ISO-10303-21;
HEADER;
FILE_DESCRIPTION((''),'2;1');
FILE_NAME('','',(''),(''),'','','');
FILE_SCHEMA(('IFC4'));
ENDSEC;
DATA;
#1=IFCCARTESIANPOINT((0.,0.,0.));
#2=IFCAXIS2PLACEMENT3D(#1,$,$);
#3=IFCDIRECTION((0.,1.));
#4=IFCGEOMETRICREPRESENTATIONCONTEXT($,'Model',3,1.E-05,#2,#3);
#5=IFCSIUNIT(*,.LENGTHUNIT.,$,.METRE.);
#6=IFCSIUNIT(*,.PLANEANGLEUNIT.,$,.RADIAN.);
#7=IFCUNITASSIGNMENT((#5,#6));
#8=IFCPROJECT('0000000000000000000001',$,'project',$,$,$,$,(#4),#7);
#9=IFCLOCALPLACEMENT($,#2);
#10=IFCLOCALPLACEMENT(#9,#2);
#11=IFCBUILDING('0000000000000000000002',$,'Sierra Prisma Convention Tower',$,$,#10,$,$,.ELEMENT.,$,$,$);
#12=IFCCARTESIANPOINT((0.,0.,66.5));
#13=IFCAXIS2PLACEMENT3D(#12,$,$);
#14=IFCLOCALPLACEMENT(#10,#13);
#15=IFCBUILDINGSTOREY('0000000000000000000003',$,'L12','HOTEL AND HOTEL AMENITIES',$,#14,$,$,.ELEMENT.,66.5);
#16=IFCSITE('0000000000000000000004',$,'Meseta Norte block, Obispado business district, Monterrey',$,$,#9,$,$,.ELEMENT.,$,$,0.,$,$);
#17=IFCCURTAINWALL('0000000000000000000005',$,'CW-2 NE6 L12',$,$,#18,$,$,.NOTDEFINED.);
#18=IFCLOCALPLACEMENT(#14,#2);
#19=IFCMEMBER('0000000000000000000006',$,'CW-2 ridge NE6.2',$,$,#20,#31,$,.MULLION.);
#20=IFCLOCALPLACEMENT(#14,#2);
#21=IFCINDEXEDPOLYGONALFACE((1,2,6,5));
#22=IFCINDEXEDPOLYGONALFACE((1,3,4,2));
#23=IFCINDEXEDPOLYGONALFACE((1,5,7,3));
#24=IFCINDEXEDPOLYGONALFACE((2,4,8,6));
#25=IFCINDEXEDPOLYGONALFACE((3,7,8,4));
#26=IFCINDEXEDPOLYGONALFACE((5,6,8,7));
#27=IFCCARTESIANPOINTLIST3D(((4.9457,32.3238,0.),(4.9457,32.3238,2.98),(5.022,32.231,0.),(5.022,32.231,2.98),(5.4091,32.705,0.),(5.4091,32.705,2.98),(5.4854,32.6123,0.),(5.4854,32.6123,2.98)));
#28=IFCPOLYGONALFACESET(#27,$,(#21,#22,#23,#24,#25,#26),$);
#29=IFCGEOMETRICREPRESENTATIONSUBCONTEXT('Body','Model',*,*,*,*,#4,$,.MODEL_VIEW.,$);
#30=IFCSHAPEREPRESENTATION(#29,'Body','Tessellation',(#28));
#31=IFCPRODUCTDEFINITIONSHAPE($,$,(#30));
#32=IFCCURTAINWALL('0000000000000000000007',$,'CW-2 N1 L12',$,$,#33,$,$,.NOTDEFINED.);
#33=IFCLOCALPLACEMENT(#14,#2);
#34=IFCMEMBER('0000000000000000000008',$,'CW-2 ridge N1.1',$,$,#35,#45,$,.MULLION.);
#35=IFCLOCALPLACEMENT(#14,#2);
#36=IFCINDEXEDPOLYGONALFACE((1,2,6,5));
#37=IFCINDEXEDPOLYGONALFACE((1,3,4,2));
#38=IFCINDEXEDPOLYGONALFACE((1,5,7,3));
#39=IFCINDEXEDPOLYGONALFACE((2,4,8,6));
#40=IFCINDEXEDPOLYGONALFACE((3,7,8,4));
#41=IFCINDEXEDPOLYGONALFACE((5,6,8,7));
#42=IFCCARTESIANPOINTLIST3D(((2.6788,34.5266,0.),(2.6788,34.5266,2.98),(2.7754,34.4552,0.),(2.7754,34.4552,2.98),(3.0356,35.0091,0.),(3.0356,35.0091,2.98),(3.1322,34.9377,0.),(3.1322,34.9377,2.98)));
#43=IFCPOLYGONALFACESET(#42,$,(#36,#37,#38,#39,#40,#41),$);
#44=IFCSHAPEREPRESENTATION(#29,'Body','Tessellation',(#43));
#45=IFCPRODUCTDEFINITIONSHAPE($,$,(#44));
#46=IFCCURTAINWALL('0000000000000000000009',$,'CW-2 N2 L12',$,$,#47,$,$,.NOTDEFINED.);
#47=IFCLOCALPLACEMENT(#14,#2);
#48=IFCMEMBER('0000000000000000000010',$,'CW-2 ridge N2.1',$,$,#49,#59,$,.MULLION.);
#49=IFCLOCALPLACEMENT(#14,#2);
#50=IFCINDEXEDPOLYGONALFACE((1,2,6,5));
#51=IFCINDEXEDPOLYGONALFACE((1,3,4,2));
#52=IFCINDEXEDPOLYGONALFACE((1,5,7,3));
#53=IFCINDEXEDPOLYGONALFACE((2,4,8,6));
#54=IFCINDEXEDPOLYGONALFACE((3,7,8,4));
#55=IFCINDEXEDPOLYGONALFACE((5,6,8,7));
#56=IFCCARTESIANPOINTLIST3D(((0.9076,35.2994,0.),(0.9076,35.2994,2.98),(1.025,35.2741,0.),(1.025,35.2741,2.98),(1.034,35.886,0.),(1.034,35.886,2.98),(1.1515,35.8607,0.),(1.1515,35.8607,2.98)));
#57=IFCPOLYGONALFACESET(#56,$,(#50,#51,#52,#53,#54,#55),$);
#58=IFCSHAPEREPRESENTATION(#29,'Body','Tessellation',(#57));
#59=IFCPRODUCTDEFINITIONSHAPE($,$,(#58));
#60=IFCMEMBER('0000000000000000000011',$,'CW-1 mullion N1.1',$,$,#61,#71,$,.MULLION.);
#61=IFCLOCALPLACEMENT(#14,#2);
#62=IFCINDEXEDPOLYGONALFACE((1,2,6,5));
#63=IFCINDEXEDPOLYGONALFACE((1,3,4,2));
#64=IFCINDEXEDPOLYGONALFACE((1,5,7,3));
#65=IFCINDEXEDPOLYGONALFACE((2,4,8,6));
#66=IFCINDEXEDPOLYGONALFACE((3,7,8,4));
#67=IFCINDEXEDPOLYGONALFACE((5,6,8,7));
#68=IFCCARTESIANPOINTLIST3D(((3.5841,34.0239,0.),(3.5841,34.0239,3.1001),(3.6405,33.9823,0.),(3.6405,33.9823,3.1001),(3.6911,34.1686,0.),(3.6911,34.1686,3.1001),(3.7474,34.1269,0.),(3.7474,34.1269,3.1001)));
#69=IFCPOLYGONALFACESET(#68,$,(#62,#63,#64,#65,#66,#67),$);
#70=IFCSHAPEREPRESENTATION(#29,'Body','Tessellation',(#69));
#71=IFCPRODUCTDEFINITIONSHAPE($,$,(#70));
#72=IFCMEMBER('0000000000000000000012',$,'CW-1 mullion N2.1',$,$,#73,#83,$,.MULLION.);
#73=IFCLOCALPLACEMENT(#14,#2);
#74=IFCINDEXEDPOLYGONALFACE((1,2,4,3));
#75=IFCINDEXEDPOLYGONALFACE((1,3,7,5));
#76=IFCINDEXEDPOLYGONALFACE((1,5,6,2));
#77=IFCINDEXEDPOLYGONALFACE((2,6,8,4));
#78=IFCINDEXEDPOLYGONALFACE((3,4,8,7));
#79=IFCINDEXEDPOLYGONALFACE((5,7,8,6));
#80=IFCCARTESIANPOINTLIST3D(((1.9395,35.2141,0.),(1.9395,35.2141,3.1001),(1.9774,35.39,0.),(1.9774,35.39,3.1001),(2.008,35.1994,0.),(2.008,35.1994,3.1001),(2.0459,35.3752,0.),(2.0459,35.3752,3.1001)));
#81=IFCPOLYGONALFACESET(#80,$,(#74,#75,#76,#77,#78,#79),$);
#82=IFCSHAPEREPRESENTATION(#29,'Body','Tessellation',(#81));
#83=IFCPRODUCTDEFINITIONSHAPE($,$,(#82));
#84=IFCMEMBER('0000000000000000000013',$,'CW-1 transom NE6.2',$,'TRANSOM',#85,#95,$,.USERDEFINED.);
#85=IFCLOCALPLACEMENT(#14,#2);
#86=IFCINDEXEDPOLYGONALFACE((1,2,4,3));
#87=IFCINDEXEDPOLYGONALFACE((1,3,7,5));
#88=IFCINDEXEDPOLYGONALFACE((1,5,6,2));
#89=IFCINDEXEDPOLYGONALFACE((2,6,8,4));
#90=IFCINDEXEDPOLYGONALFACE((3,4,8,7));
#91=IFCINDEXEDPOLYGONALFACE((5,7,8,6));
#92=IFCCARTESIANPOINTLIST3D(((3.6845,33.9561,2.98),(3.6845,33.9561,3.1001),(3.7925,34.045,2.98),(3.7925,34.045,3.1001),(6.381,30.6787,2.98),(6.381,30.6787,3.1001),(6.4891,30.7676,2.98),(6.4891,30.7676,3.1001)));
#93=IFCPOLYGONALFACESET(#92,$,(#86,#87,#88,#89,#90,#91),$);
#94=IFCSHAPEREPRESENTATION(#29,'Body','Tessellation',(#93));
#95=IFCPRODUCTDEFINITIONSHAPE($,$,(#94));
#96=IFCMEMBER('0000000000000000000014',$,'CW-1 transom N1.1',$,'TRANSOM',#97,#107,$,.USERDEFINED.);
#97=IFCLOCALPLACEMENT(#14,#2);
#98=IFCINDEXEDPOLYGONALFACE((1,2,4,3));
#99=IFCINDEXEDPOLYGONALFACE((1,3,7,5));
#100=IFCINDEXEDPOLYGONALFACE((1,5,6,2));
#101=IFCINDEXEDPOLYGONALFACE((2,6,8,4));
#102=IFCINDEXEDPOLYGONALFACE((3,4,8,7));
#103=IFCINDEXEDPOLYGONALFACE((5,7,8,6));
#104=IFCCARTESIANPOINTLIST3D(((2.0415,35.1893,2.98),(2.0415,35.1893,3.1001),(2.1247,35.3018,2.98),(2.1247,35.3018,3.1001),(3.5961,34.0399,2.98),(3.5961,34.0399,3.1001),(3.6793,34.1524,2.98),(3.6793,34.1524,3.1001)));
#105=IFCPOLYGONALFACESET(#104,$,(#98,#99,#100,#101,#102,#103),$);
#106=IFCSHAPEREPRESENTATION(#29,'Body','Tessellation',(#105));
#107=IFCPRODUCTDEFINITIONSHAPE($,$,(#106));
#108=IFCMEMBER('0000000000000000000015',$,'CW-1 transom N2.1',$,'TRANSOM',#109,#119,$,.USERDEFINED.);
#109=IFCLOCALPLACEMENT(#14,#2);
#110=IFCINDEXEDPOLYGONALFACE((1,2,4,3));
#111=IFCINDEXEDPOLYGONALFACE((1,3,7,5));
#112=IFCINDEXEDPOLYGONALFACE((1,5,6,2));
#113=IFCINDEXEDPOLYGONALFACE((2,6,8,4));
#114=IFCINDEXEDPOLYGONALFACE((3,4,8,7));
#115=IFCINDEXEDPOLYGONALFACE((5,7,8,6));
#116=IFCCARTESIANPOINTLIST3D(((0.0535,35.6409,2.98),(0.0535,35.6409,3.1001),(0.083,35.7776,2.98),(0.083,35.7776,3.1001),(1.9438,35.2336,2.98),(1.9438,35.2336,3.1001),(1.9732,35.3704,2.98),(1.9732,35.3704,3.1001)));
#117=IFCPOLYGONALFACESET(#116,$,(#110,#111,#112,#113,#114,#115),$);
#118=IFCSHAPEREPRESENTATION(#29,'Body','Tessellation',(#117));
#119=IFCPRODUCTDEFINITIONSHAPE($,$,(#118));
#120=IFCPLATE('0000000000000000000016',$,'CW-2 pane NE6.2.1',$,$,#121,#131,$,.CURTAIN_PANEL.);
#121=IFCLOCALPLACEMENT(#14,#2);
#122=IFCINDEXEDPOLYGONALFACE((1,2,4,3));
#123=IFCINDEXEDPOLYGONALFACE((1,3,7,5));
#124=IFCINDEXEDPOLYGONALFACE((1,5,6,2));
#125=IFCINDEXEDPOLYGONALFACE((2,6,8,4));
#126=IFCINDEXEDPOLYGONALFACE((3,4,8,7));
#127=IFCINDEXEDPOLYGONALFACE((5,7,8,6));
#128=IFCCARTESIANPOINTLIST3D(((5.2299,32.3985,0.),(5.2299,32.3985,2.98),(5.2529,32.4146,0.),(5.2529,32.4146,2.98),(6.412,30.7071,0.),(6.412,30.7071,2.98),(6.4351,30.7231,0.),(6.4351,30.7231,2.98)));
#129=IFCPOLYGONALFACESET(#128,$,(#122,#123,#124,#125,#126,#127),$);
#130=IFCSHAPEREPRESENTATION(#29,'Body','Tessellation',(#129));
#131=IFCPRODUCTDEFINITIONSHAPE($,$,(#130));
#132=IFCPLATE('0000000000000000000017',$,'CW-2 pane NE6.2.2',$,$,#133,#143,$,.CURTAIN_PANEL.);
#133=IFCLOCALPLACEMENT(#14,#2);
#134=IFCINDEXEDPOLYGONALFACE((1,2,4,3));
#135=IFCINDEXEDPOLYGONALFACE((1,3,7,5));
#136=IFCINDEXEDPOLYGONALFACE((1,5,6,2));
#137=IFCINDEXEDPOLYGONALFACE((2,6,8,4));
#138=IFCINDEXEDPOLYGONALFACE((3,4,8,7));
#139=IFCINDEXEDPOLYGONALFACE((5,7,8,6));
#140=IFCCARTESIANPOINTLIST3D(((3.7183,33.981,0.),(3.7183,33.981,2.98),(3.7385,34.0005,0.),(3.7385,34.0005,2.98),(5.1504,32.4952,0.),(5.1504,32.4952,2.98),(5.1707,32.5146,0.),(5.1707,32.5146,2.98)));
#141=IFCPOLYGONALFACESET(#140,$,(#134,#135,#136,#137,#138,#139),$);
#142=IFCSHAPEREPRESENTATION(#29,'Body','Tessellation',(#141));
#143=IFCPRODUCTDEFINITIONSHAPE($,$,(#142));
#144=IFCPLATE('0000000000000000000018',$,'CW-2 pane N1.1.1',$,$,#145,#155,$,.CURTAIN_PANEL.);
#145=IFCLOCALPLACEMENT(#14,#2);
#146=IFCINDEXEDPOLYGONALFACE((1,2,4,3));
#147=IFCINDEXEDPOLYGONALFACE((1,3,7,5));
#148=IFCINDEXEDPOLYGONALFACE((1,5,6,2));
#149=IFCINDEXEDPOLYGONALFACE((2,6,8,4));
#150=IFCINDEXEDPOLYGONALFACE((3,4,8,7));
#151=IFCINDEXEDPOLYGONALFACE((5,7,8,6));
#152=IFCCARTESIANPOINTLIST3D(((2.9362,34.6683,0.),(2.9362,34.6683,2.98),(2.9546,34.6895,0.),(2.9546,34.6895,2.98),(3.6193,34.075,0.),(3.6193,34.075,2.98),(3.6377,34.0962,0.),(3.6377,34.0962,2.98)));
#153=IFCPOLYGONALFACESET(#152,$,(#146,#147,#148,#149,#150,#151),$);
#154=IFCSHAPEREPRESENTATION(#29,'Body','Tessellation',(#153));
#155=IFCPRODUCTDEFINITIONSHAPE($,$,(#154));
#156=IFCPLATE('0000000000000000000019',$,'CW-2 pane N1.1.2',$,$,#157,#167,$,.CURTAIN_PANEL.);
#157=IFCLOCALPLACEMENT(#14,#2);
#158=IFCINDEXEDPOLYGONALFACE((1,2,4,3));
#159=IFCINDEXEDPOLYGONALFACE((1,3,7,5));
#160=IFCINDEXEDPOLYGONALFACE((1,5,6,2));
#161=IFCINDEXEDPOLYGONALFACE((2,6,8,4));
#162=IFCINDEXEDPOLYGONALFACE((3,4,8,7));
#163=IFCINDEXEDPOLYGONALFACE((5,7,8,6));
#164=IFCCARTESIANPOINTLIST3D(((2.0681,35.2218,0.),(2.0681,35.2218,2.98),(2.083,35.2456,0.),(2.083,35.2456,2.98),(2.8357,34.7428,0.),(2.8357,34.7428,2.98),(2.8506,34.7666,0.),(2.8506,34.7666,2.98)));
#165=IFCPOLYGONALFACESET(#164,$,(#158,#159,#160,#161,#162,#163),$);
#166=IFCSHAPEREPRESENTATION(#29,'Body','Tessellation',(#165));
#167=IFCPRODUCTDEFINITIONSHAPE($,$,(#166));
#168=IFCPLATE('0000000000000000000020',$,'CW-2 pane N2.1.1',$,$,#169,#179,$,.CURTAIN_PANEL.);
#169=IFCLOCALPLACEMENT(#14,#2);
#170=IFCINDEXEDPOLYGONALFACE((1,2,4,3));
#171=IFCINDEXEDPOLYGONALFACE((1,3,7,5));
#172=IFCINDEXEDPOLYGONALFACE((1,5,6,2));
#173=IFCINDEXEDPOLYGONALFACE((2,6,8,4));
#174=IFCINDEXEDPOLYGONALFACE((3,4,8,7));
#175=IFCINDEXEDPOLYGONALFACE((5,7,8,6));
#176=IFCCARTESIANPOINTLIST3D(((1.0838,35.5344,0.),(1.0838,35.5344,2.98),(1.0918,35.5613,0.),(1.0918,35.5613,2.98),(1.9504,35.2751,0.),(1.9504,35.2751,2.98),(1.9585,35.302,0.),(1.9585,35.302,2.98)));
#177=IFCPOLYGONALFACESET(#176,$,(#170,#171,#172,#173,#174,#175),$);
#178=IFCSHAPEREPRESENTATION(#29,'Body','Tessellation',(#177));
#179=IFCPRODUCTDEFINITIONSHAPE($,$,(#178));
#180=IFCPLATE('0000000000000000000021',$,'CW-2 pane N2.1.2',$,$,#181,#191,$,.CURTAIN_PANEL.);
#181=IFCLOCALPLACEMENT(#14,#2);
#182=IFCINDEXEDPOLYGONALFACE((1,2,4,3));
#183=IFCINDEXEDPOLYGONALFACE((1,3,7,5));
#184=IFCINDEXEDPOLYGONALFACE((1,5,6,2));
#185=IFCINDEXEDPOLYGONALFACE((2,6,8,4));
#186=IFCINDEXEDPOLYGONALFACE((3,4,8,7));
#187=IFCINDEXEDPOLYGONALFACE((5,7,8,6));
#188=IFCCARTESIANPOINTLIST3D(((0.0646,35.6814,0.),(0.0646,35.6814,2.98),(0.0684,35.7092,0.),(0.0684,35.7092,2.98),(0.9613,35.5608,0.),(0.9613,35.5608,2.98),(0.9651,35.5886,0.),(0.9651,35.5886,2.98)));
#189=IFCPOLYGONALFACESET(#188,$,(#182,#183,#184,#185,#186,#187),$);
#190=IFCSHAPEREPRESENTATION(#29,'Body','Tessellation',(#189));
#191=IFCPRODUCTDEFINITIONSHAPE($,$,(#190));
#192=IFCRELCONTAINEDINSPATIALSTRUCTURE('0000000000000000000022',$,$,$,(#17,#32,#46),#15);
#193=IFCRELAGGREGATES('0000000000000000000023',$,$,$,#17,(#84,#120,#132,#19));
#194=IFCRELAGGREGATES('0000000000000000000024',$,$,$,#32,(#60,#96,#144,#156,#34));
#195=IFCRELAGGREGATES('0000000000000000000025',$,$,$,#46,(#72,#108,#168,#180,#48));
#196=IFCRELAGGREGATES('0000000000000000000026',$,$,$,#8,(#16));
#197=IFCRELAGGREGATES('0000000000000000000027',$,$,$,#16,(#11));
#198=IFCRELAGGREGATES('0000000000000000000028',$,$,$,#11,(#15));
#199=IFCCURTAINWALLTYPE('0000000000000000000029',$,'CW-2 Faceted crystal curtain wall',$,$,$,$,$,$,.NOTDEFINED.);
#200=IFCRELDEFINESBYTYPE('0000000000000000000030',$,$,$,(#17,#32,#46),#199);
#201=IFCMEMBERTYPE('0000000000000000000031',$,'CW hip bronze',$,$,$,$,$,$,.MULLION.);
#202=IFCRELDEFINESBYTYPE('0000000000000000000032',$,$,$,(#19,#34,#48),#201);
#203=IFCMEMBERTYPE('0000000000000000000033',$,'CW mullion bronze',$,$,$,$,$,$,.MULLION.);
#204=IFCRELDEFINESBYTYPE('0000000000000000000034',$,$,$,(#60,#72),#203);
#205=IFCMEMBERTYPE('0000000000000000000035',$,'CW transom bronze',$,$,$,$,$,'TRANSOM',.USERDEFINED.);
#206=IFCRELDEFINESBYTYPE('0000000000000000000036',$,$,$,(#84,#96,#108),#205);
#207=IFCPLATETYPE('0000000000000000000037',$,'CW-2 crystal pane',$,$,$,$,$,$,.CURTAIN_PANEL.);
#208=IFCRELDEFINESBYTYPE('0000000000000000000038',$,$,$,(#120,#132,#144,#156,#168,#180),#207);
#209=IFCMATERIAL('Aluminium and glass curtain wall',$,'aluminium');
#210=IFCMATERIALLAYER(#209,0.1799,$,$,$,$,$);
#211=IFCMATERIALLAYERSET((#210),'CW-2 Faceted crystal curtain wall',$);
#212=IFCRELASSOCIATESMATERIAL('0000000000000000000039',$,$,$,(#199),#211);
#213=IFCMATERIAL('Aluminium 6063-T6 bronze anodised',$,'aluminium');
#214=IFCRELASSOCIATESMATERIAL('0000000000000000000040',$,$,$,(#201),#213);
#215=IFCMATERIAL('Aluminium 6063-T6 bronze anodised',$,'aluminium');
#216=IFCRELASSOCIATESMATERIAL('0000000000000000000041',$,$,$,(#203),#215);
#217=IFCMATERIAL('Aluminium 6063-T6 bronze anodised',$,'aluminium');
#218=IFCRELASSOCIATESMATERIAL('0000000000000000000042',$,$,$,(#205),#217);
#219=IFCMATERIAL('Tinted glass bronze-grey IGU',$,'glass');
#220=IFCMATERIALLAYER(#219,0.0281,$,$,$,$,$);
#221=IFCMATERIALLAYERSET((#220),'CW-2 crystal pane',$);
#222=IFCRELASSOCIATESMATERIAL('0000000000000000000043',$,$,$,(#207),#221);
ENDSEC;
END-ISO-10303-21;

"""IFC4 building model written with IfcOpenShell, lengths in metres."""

from ifc_helpers import new_model, si_unit, direction, frame, origin, origin_2d, place, context, subcontext, project, spatial, polyline, rectangle, outline, extrude, material, layer, layer_set, material_profile, profile_set, type_object, element, aggregate, save


model = new_model("IFC4")

# Units and contexts
model_context = context("Model", 3, precision=1e-05, world=origin(), true_north=direction((0.0, 1.0)))
body_context = subcontext(model_context, "Body", "Model", "MODEL_VIEW")
ifc_project = project(units=[si_unit("LENGTHUNIT", "METRE"), si_unit("PLANEANGLEUNIT", "RADIAN")], contexts=[model_context])

# Site, building, storey
site_placement = place(None, origin())
site = spatial("IfcSite", under=ifc_project, at=site_placement, Name="Meseta Norte block, Obispado business district, Monterrey", CompositionType="ELEMENT", RefElevation=0.0)
building_placement = place(site_placement, origin())
building = spatial("IfcBuilding", under=site, at=building_placement, Name="Sierra Prisma Convention Tower", CompositionType="ELEMENT")
storey_placement = place(building_placement, frame((0.0, 0.0, 66.5)))
storey = spatial("IfcBuildingStorey", under=building, at=storey_placement, Name="L12", Description="HOTEL AND HOTEL AMENITIES", CompositionType="ELEMENT", Elevation=66.5)

# Curtain walls, members
ifc_material_1 = material(Name="Aluminium and glass curtain wall", Category="aluminium")
ifc_layer_1 = layer(ifc_material_1, 0.1799)
ifc_layer_set_1 = layer_set([ifc_layer_1], Name="CW-2 Faceted crystal curtain wall")
curtain_wall_type = type_object("IfcCurtainWallType", Name="CW-2 Faceted crystal curtain wall", PredefinedType="NOTDEFINED", material=ifc_layer_set_1)
curtain_wall_1_placement = place(storey_placement, origin())
curtain_wall_1 = element("IfcCurtainWall", 1, at=curtain_wall_1_placement, inside=storey, type_object=curtain_wall_type, Name="CW-2 NE6 L12", PredefinedType="NOTDEFINED")
ifc_material_2 = material(Name="Aluminium 6063-T6 bronze anodised", Category="aluminium")
ifc_material_profile_1 = material_profile(ifc_material_2, rectangle(XDim=0.1201, YDim=0.6001, at=origin_2d()), Name="ALU RIDGE BLADE 120x600")
ifc_profile_set_1 = profile_set([ifc_material_profile_1], Name="Aluminium 6063-T6 bronze anodised")
member_type_1 = type_object("IfcMemberType", Name="CW hip bronze", PredefinedType="MULLION", material=ifc_profile_set_1)
member_1_placement = place(storey_placement, frame((5.2156, 32.468, 0.0), z_axis=(0.0, 0.0, 1.0), x_axis=(-0.635365, 0.772212, 0.0)))
member_1 = element("IfcMember", 2, at=member_1_placement, type_object=member_type_1, Name="CW-2 ridge NE6.2", PredefinedType="MULLION", context=body_context, shape_type="SweptSolid", body=[
    extrude(rectangle(XDim=0.1201, YDim=0.6001, at=origin_2d()), origin(), (0.0, 0.0, 1.0), 2.98),
])
curtain_wall_2_placement = place(storey_placement, origin())
curtain_wall_2 = element("IfcCurtainWall", 3, at=curtain_wall_2_placement, inside=storey, type_object=curtain_wall_type, Name="CW-2 N1 L12", PredefinedType="NOTDEFINED")
member_2_placement = place(storey_placement, frame((2.9055, 34.7322, 0.0), z_axis=(0.0, 0.0, 1.0), x_axis=(-0.804058, 0.594551, 0.0)))
member_2 = element("IfcMember", 4, at=member_2_placement, type_object=member_type_1, Name="CW-2 ridge N1.1", PredefinedType="MULLION", context=body_context, shape_type="SweptSolid", body=[
    extrude(rectangle(XDim=0.1201, YDim=0.6001, at=origin_2d()), origin(), (0.0, 0.0, 1.0), 2.98),
])
curtain_wall_3_placement = place(storey_placement, origin())
curtain_wall_3 = element("IfcCurtainWall", 5, at=curtain_wall_3_placement, inside=storey, type_object=curtain_wall_type, Name="CW-2 N2 L12", PredefinedType="NOTDEFINED")
member_3_placement = place(storey_placement, frame((1.0295, 35.5801, 0.0), z_axis=(0.0, 0.0, 1.0), x_axis=(-0.977562, 0.210646, 0.0)))
member_3 = element("IfcMember", 6, at=member_3_placement, type_object=member_type_1, Name="CW-2 ridge N2.1", PredefinedType="MULLION", context=body_context, shape_type="SweptSolid", body=[
    extrude(rectangle(XDim=0.1201, YDim=0.6001, at=origin_2d()), origin(), (0.0, 0.0, 1.0), 2.98),
])

# Members
ifc_material_3 = material(Name="Aluminium 6063-T6 bronze anodised", Category="aluminium")
ifc_material_profile_2 = material_profile(ifc_material_3, rectangle(XDim=0.1799, YDim=0.0701, at=origin_2d()), Name="ALU MULLION 70x180")
ifc_profile_set_2 = profile_set([ifc_material_profile_2], Name="Aluminium 6063-T6 bronze anodised")
member_type_2 = type_object("IfcMemberType", Name="CW mullion bronze", PredefinedType="MULLION", material=ifc_profile_set_2)
member_4_placement = place(storey_placement, frame((3.6658, 34.0754, 0.0), z_axis=(0.0, 0.0, 1.0), x_axis=(-0.594551, -0.804058, 0.0)))
member_4 = element("IfcMember", 7, at=member_4_placement, type_object=member_type_2, Name="CW-1 mullion N1.1", PredefinedType="MULLION", context=body_context, shape_type="SweptSolid", body=[
    extrude(rectangle(XDim=0.1799, YDim=0.0701, at=origin_2d()), origin(), (0.0, 0.0, 1.0), 3.1001),
])
member_5_placement = place(storey_placement, frame((1.9927, 35.2947, 0.0), z_axis=(0.0, 0.0, 1.0), x_axis=(-0.210646, -0.977562, 0.0)))
member_5 = element("IfcMember", 8, at=member_5_placement, type_object=member_type_2, Name="CW-1 mullion N2.1", PredefinedType="MULLION", context=body_context, shape_type="SweptSolid", body=[
    extrude(rectangle(XDim=0.1799, YDim=0.0701, at=origin_2d()), origin(), (0.0, 0.0, 1.0), 3.1001),
])
ifc_material_4 = material(Name="Aluminium 6063-T6 bronze anodised", Category="aluminium")
ifc_material_profile_3 = material_profile(ifc_material_4, rectangle(XDim=0.1399, YDim=0.1201, at=origin_2d()), Name="ALU TRANSOM 120x140")
ifc_profile_set_3 = profile_set([ifc_material_profile_3], Name="Aluminium 6063-T6 bronze anodised")
member_type_3 = type_object("IfcMemberType", Name="CW transom bronze", ElementType="TRANSOM", PredefinedType="USERDEFINED", material=ifc_profile_set_3)
member_6_placement = place(storey_placement, frame((6.4351, 30.7231, 3.04), z_axis=(-0.635362, 0.772214, 0.0), x_axis=(-0.772214, -0.635362, 0.0)))
member_6 = element("IfcMember", 9, at=member_6_placement, type_object=member_type_3, Name="CW-1 transom NE6.2", ObjectType="TRANSOM", PredefinedType="USERDEFINED", context=body_context, shape_type="SweptSolid", body=[
    extrude(rectangle(XDim=0.1399, YDim=0.1201, at=origin_2d()), origin(), (0.0, 0.0, 1.0), 4.2441),
])
member_7_placement = place(storey_placement, frame((3.6377, 34.0962, 3.04), z_axis=(-0.804103, 0.59449, 0.0), x_axis=(-0.59449, -0.804103, 0.0)))
member_7 = element("IfcMember", 10, at=member_7_placement, type_object=member_type_3, Name="CW-1 transom N1.1", ObjectType="TRANSOM", PredefinedType="USERDEFINED", context=body_context, shape_type="SweptSolid", body=[
    extrude(rectangle(XDim=0.1399, YDim=0.1201, at=origin_2d()), origin(), (0.0, 0.0, 1.0), 1.9333),
])
member_8_placement = place(storey_placement, frame((1.9585, 35.302, 3.04), z_axis=(-0.977569, 0.210615, 0.0), x_axis=(-0.210615, -0.977569, 0.0)))
member_8 = element("IfcMember", 11, at=member_8_placement, type_object=member_type_3, Name="CW-1 transom N2.1", ObjectType="TRANSOM", PredefinedType="USERDEFINED", context=body_context, shape_type="SweptSolid", body=[
    extrude(rectangle(XDim=0.1399, YDim=0.1201, at=origin_2d()), origin(), (0.0, 0.0, 1.0), 1.9336),
])

# Plates
ifc_material_5 = material(Name="Tinted glass bronze-grey IGU", Category="glass")
ifc_layer_2 = layer(ifc_material_5, 0.0281)
ifc_layer_set_2 = layer_set([ifc_layer_2], Name="CW-2 crystal pane")
plate_type = type_object("IfcPlateType", Name="CW-2 crystal pane", PredefinedType="CURTAIN_PANEL", material=ifc_layer_set_2)
plate_1_placement = place(storey_placement, frame((6.4351, 30.7231, 0.0), z_axis=(0.819654, 0.572859, 0.0), x_axis=(-0.572859, 0.819654, 0.0)))
plate_1 = element("IfcPlate", 12, at=plate_1_placement, type_object=plate_type, Name="CW-2 pane NE6.2.1", PredefinedType="CURTAIN_PANEL", context=body_context, shape_type="SweptSolid", body=[
    extrude(outline(polyline([(0.0, 0.0), (2.0636, 0.0), (2.0636, 2.98), (0.0, 2.98), (0.0, 0.0)])), origin(), (0.0, 0.0, -1.0), 0.0281),
])
plate_2_placement = place(storey_placement, frame((3.7385, 34.0005, 0.0), z_axis=(0.720001, 0.693974, 0.0), x_axis=(0.693974, -0.720001, 0.0)))
plate_2 = element("IfcPlate", 13, at=plate_2_placement, type_object=plate_type, Name="CW-2 pane NE6.2.2", PredefinedType="CURTAIN_PANEL", context=body_context, shape_type="SweptSolid", body=[
    extrude(outline(polyline([(0.0, 0.0), (2.0637, 0.0), (2.0637, -2.98), (0.0, -2.98), (0.0, 0.0)])), origin(), (0.0, 0.0, -1.0), 0.0281),
])
aggregate(curtain_wall_1, [member_6, plate_1, plate_2, member_1])
plate_3_placement = place(storey_placement, frame((3.6377, 34.0962, 0.0), z_axis=(0.655711, 0.755012, 0.0), x_axis=(-0.755012, 0.655711, 0.0)))
plate_3 = element("IfcPlate", 14, at=plate_3_placement, type_object=plate_type, Name="CW-2 pane N1.1.1", PredefinedType="CURTAIN_PANEL", context=body_context, shape_type="SweptSolid", body=[
    extrude(outline(polyline([(0.0, 0.0), (0.9048, 0.0), (0.9048, 2.98), (0.0, 2.98), (0.0, 0.0)])), origin(), (0.0, 0.0, -1.0), 0.0281),
])
plate_4_placement = place(storey_placement, frame((2.083, 35.2456, 0.0), z_axis=(0.529417, 0.848362, 0.0), x_axis=(0.848362, -0.529417, 0.0)))
plate_4 = element("IfcPlate", 15, at=plate_4_placement, type_object=plate_type, Name="CW-2 pane N1.1.2", PredefinedType="CURTAIN_PANEL", context=body_context, shape_type="SweptSolid", body=[
    extrude(outline(polyline([(0.0, 0.0), (0.9048, 0.0), (0.9048, -2.98), (0.0, -2.98), (0.0, 0.0)])), origin(), (0.0, 0.0, -1.0), 0.0281),
])
aggregate(curtain_wall_2, [member_4, member_7, plate_3, plate_4, member_2])
plate_5_placement = place(storey_placement, frame((1.9585, 35.302, 0.0), z_axis=(0.286605, 0.958049, 0.0), x_axis=(-0.958049, 0.286605, 0.0)))
plate_5 = element("IfcPlate", 16, at=plate_5_placement, type_object=plate_type, Name="CW-2 pane N2.1.1", PredefinedType="CURTAIN_PANEL", context=body_context, shape_type="SweptSolid", body=[
    extrude(outline(polyline([(0.0, 0.0), (0.9047, 0.0), (0.9047, 2.98), (0.0, 2.98), (0.0, 0.0)])), origin(), (0.0, 0.0, -1.0), 0.0281),
])
plate_6_placement = place(storey_placement, frame((0.0684, 35.7092, 0.0), z_axis=(0.133295, 0.991076, 0.0), x_axis=(0.991076, -0.133295, 0.0)))
plate_6 = element("IfcPlate", 17, at=plate_6_placement, type_object=plate_type, Name="CW-2 pane N2.1.2", PredefinedType="CURTAIN_PANEL", context=body_context, shape_type="SweptSolid", body=[
    extrude(outline(polyline([(0.0, 0.0), (0.9048, 0.0), (0.9048, -2.98), (0.0, -2.98), (0.0, 0.0)])), origin(), (0.0, 0.0, -1.0), 0.0281),
])
aggregate(curtain_wall_3, [member_5, member_8, plate_5, plate_6, member_3])

save(model, "model.ifc")
